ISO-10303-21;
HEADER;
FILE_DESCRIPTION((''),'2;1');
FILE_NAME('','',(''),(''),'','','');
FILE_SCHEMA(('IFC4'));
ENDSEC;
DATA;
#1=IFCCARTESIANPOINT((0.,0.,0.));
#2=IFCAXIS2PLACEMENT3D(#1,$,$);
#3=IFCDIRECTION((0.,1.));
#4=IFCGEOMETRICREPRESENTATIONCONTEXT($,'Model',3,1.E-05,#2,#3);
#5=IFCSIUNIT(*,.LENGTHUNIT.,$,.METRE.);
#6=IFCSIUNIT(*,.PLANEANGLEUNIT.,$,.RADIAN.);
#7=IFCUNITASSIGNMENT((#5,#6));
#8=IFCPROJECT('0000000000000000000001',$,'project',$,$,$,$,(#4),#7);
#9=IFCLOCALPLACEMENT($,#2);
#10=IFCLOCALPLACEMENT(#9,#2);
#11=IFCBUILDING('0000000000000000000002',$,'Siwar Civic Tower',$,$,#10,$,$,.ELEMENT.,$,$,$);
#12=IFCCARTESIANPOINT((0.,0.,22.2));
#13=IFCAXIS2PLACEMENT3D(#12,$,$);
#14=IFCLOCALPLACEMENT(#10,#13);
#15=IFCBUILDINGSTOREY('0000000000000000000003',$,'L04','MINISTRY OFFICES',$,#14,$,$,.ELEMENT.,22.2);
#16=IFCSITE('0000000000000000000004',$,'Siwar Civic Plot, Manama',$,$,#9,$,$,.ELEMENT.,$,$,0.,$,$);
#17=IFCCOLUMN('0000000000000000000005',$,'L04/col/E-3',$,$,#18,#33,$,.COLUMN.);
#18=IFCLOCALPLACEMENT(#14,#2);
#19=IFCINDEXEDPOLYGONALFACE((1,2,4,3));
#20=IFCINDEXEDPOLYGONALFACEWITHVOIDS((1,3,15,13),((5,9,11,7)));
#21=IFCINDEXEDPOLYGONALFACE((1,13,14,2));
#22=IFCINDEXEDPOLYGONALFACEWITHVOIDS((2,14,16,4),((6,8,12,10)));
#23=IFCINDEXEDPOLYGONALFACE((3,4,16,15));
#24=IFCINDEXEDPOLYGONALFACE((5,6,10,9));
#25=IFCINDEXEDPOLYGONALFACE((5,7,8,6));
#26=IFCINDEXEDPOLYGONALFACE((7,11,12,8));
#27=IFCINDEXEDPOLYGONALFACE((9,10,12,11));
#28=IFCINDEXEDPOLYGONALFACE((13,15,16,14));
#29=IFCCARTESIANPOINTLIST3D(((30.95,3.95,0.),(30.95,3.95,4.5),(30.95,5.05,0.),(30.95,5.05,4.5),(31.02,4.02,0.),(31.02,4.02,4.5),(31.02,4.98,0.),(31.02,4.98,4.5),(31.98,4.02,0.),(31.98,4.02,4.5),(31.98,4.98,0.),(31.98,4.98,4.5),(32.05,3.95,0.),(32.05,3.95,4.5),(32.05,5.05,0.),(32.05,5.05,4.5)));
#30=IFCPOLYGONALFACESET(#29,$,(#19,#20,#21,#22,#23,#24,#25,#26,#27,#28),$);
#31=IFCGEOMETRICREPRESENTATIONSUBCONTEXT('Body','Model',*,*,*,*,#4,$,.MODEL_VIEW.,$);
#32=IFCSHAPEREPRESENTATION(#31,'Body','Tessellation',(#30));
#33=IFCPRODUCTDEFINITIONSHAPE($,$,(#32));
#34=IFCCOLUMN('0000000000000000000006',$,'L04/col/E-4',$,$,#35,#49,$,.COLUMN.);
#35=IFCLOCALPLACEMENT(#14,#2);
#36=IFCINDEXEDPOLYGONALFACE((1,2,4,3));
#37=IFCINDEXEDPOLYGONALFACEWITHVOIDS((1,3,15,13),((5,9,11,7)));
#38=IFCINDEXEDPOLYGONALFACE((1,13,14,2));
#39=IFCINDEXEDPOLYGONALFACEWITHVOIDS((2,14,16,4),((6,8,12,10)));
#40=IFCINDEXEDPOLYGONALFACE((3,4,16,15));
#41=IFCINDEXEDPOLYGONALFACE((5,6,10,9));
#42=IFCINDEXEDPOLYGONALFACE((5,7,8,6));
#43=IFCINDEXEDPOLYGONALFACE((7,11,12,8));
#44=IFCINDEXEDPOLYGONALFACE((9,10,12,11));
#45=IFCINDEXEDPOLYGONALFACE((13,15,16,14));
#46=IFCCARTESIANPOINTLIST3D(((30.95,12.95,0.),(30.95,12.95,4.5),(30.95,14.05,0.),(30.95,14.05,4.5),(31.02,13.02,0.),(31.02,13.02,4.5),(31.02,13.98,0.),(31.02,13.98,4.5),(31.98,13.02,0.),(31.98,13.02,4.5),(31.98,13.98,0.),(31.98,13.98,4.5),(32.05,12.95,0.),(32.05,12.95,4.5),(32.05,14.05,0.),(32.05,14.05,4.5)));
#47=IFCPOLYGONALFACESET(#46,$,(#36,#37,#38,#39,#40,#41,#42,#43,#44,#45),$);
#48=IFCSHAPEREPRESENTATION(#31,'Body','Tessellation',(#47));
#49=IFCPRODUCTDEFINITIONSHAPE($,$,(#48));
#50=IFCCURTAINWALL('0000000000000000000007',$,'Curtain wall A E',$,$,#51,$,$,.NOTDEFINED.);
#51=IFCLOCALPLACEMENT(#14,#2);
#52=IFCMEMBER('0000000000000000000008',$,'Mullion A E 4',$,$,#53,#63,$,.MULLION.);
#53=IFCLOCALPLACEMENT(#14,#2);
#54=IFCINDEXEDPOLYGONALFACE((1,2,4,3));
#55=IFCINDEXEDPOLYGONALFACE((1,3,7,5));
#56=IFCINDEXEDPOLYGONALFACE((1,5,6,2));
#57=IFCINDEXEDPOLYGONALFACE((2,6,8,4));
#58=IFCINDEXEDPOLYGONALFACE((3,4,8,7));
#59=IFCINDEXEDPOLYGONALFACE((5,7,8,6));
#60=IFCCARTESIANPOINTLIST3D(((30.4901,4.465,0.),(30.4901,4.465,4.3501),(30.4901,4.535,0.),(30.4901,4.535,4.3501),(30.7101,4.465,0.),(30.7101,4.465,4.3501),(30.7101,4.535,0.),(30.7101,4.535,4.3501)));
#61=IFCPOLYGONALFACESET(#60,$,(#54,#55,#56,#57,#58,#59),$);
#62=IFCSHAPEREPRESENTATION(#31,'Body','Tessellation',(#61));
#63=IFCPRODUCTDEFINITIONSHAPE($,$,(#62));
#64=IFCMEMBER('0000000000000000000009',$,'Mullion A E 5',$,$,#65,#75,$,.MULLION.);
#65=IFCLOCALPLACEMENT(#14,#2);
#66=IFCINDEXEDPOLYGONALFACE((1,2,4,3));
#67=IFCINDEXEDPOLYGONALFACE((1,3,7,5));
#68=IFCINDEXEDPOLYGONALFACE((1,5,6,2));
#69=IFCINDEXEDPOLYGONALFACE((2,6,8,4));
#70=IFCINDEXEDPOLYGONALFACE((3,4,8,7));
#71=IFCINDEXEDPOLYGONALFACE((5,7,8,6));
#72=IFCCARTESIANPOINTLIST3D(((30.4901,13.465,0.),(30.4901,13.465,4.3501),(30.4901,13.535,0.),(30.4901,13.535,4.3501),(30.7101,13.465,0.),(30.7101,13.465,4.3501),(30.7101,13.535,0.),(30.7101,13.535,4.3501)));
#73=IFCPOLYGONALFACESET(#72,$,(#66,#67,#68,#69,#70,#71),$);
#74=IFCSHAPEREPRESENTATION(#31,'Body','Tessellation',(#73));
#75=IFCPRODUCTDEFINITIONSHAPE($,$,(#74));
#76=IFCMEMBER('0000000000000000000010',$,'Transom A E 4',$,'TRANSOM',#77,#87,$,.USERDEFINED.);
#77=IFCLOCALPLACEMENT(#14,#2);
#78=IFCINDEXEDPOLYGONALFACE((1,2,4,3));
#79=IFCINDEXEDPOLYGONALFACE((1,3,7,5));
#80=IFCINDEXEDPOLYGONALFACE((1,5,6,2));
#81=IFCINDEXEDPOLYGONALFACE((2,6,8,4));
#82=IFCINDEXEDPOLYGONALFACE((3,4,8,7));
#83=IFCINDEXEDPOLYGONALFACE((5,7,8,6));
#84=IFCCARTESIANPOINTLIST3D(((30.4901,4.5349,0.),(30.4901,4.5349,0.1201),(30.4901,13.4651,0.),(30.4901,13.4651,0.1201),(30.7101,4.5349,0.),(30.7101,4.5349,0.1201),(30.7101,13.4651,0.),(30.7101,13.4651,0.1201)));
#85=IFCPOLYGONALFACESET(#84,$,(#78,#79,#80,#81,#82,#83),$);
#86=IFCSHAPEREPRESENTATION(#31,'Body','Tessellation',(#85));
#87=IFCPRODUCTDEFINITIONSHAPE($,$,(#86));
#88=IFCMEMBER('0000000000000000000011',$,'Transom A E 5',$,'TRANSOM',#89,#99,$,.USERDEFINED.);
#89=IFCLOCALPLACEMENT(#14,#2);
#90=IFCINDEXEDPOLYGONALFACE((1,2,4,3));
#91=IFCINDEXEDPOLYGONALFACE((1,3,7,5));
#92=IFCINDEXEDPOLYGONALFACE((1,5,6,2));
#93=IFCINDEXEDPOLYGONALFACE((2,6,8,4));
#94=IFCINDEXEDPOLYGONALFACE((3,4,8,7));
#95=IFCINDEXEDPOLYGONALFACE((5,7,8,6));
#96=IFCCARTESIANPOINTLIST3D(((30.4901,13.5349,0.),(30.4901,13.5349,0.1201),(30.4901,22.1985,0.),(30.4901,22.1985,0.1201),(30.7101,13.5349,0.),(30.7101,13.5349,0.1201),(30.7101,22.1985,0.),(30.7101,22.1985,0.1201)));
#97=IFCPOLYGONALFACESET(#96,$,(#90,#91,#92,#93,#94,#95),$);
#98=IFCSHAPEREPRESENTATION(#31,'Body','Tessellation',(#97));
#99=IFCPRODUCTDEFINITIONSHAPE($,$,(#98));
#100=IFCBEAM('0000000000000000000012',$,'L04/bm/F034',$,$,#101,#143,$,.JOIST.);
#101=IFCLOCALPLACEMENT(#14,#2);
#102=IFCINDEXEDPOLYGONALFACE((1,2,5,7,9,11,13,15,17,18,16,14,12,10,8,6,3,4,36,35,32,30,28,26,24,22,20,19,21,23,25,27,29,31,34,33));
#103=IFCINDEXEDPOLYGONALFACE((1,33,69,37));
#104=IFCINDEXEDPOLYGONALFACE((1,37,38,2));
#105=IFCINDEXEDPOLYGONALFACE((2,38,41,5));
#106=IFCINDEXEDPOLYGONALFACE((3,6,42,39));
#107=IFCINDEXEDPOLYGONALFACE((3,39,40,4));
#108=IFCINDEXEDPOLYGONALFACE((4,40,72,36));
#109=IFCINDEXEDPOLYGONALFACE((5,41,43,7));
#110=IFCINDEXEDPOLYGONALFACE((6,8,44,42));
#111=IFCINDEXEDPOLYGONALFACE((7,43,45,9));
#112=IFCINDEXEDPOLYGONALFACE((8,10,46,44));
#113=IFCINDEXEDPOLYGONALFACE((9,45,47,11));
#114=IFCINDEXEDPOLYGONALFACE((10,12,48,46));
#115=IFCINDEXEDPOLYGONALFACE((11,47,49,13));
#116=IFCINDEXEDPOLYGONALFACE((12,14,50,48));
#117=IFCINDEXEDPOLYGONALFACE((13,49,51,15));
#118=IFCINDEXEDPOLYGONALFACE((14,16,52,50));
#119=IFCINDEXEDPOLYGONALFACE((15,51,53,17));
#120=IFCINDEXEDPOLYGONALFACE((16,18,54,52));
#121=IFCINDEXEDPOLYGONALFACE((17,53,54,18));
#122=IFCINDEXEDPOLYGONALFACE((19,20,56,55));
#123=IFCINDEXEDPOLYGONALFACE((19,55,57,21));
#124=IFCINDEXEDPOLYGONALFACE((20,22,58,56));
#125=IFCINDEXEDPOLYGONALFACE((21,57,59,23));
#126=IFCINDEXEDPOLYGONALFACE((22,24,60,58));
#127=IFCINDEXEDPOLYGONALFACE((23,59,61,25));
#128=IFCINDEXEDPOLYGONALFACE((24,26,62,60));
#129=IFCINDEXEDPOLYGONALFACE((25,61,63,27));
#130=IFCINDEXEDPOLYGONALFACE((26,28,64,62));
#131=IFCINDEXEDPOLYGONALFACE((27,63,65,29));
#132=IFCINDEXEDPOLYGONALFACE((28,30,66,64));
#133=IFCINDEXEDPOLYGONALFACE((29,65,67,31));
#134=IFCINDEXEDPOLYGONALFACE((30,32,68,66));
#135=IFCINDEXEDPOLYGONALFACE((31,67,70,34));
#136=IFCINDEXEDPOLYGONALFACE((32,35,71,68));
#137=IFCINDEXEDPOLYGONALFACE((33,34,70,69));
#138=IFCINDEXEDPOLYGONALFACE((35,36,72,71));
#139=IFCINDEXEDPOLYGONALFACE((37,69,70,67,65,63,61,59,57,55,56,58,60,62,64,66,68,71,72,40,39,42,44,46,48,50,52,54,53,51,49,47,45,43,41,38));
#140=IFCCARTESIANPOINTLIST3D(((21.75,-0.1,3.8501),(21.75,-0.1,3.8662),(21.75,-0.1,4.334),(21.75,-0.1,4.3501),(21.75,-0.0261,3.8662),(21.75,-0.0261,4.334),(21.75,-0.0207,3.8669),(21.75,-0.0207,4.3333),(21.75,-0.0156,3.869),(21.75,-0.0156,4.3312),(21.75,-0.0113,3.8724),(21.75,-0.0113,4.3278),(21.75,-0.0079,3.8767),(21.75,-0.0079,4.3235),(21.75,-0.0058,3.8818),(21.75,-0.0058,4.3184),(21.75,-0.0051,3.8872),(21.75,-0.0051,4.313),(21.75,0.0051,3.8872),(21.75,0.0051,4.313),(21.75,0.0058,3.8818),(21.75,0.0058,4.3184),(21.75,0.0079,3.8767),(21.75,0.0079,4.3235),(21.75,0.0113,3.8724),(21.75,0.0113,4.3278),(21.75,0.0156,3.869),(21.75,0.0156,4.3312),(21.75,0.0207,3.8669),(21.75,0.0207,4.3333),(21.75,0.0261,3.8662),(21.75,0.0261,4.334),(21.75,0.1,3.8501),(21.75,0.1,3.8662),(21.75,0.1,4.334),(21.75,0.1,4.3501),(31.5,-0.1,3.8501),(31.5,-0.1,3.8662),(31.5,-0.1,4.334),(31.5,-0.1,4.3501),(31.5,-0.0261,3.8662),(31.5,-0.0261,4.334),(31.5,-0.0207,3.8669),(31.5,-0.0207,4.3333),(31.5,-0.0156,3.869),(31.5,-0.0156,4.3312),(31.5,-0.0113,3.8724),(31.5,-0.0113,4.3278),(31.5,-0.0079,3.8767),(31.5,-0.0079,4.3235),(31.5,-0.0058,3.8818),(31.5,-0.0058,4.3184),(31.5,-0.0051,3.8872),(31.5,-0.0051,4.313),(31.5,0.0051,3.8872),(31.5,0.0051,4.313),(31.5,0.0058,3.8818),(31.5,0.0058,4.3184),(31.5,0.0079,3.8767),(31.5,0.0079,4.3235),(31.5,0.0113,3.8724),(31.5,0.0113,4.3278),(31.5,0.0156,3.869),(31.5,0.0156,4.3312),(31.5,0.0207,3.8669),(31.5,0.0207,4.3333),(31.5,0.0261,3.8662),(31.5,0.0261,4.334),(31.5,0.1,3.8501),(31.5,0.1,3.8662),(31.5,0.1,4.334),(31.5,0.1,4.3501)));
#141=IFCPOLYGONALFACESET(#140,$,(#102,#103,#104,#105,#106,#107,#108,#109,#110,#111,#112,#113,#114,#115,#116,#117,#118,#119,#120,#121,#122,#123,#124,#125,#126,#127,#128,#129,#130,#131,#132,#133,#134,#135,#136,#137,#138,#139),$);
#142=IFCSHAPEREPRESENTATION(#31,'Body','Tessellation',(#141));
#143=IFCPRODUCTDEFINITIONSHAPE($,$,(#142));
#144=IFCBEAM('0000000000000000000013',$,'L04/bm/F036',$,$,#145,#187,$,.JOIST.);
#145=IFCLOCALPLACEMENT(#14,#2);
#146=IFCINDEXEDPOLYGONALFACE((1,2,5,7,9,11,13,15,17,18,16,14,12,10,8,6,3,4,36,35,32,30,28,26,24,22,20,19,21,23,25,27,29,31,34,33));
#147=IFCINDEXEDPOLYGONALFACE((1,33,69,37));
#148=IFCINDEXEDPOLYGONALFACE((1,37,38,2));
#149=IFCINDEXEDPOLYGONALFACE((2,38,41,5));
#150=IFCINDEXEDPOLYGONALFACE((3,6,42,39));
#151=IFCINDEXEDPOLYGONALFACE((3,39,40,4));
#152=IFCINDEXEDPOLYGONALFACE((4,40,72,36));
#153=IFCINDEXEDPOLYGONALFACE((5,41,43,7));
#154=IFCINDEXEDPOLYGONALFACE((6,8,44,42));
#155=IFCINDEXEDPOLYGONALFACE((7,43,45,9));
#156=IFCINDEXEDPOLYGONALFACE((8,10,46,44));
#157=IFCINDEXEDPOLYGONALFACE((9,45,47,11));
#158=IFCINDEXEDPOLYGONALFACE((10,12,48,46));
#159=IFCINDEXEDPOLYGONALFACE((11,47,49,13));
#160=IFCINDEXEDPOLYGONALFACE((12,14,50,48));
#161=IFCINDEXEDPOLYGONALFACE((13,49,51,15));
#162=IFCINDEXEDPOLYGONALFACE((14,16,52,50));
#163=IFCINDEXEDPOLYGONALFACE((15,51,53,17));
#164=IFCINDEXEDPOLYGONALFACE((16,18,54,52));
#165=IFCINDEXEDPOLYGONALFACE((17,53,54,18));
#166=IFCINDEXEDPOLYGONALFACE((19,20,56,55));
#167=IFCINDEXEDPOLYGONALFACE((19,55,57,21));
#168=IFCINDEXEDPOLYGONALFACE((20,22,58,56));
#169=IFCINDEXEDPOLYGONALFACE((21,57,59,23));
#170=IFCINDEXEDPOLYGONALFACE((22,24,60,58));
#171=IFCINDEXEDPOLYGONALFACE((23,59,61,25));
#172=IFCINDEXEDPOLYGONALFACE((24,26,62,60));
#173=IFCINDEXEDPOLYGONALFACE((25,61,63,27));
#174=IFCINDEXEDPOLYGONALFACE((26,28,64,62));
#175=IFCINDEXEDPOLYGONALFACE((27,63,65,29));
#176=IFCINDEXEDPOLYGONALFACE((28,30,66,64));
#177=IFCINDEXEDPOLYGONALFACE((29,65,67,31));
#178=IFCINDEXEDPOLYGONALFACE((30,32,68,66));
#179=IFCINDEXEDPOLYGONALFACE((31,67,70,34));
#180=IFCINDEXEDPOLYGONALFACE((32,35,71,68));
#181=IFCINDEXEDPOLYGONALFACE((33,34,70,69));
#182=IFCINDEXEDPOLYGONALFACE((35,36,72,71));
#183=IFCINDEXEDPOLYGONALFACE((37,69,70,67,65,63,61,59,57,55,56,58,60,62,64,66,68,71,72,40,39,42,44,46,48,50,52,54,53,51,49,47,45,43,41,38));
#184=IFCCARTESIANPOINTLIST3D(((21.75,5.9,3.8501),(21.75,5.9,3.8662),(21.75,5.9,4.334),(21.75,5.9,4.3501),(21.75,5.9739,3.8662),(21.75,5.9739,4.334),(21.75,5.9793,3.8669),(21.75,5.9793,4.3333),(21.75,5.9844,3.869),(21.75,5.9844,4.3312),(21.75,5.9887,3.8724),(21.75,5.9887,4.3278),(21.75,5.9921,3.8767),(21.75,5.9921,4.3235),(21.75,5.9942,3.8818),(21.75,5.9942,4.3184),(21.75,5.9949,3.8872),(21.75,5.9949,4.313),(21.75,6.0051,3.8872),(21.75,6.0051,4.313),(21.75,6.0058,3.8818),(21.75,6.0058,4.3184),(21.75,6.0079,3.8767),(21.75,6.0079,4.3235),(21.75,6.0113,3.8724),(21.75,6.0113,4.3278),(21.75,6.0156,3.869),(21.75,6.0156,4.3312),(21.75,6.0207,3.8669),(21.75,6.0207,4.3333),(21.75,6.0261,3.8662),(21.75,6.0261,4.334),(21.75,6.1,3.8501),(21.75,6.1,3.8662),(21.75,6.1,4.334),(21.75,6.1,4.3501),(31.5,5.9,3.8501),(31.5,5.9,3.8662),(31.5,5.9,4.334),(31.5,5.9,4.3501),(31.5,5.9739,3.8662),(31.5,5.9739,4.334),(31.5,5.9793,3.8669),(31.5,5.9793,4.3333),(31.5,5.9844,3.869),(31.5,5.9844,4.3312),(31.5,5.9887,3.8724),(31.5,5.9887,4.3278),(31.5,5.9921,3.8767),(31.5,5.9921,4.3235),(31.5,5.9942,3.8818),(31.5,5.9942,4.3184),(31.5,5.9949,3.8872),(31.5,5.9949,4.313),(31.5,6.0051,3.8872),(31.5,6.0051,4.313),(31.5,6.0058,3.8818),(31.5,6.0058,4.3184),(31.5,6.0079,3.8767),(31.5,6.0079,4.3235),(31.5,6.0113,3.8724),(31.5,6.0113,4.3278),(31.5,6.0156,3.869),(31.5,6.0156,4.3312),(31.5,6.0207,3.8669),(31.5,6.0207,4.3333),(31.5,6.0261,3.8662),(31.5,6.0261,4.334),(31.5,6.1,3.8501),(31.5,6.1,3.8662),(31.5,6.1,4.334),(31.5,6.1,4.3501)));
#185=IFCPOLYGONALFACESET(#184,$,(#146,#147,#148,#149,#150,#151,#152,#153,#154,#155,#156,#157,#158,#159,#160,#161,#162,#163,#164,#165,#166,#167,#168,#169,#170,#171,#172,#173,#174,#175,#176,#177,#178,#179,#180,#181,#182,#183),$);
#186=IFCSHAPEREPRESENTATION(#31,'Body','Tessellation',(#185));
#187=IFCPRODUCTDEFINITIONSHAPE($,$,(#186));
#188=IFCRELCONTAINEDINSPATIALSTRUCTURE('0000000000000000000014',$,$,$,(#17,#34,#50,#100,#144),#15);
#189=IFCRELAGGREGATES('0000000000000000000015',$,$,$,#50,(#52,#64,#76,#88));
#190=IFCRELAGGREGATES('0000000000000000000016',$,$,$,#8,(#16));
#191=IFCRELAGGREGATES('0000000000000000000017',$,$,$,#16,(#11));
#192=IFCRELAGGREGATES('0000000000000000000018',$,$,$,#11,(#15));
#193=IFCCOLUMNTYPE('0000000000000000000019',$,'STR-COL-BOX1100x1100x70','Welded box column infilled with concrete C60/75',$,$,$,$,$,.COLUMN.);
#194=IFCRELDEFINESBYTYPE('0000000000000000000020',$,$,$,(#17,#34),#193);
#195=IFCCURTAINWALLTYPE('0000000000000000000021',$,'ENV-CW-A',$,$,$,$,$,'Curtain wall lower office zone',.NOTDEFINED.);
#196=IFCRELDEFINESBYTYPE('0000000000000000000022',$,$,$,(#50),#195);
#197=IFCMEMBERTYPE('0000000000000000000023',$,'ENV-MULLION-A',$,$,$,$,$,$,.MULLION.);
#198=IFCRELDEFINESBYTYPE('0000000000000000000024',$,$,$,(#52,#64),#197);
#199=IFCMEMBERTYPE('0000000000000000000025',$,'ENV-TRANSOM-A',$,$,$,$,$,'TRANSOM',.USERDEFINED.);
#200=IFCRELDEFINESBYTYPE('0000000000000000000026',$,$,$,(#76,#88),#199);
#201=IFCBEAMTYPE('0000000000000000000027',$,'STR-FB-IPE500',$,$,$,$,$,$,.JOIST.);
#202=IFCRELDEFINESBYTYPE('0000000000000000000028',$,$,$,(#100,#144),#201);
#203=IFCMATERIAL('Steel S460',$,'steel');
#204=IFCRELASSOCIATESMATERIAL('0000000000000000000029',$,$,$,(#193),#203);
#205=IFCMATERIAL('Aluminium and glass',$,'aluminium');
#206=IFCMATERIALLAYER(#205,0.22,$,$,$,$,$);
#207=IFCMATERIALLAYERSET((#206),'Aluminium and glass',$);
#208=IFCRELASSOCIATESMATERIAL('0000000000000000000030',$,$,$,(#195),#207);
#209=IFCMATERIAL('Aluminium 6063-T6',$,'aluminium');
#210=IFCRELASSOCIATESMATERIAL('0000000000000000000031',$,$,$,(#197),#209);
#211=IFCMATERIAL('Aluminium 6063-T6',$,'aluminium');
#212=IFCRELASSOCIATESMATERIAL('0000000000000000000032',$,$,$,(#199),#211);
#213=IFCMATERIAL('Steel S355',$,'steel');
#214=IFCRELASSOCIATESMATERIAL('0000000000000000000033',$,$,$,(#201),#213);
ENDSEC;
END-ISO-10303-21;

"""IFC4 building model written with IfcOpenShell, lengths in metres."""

from ifc_helpers import new_model, si_unit, direction, frame, origin, origin_2d, place, context, subcontext, project, spatial, rectangle, hollow_rectangle, i_section, extrude, material, layer, layer_set, material_profile, profile_set, type_object, element, aggregate, save


model = new_model("IFC4")

# Units and contexts
model_context = context("Model", 3, precision=1e-05, world=origin(), true_north=direction((0.0, 1.0)))
body_context = subcontext(model_context, "Body", "Model", "MODEL_VIEW")
ifc_project = project(units=[si_unit("LENGTHUNIT", "METRE"), si_unit("PLANEANGLEUNIT", "RADIAN")], contexts=[model_context])

# Site, building, storey
site_placement = place(None, origin())
site = spatial("IfcSite", under=ifc_project, at=site_placement, Name="Siwar Civic Plot, Manama", CompositionType="ELEMENT", RefElevation=0.0)
building_placement = place(site_placement, origin())
building = spatial("IfcBuilding", under=site, at=building_placement, Name="Siwar Civic Tower", CompositionType="ELEMENT")
storey_placement = place(building_placement, frame((0.0, 0.0, 22.2)))
storey = spatial("IfcBuildingStorey", under=building, at=storey_placement, Name="L04", Description="MINISTRY OFFICES", CompositionType="ELEMENT", Elevation=22.2)

# Columns
ifc_material_1 = material(Name="Steel S460", Category="steel")
ifc_material_profile_1 = material_profile(ifc_material_1, hollow_rectangle(XDim=1.1001, YDim=1.1001, WallThickness=0.0701, at=origin_2d()), Name="BOX1100x1100x70")
ifc_profile_set_1 = profile_set([ifc_material_profile_1], Name="Steel S460")
column_type = type_object("IfcColumnType", Name="STR-COL-BOX1100x1100x70", Description="Welded box column infilled with concrete C60/75", PredefinedType="COLUMN", material=ifc_profile_set_1)
for number, where, z_axis, x_axis, name in (
    (1, (31.5, 4.5, 0.0), (0.0, 0.0, 1.0), (1.0, 0.0, 0.0), "L04/col/E-3"),
    (2, (31.5, 13.5, 0.0), (0.0, 0.0, 1.0), (1.0, 0.0, 0.0), "L04/col/E-4"),
):
    element("IfcColumn", number, at=place(storey_placement, frame(where, z_axis=z_axis, x_axis=x_axis)), inside=storey, type_object=column_type, Name=name, PredefinedType="COLUMN", context=body_context, shape_type="SweptSolid", body=[
        extrude(hollow_rectangle(XDim=1.1001, YDim=1.1001, WallThickness=0.0701, at=origin_2d()), origin(), (0.0, 0.0, 1.0), 4.5),
    ])

# Curtain wall, members
ifc_material_2 = material(Name="Aluminium and glass", Category="aluminium")
ifc_layer_1 = layer(ifc_material_2, 0.22)
ifc_layer_set_1 = layer_set([ifc_layer_1], Name="Aluminium and glass")
curtain_wall_type = type_object("IfcCurtainWallType", Name="ENV-CW-A", ElementType="Curtain wall lower office zone", PredefinedType="NOTDEFINED", material=ifc_layer_set_1)
curtain_wall_placement = place(storey_placement, origin())
curtain_wall = element("IfcCurtainWall", 3, at=curtain_wall_placement, inside=storey, type_object=curtain_wall_type, Name="Curtain wall A E", PredefinedType="NOTDEFINED")
ifc_material_3 = material(Name="Aluminium 6063-T6", Category="aluminium")
ifc_material_profile_2 = material_profile(ifc_material_3, rectangle(XDim=0.22, YDim=0.0701, at=origin_2d()), Name="AL 220x70")
ifc_profile_set_2 = profile_set([ifc_material_profile_2], Name="Aluminium 6063-T6")
member_type_1 = type_object("IfcMemberType", Name="ENV-MULLION-A", PredefinedType="MULLION", material=ifc_profile_set_2)
member_1_placement = place(storey_placement, frame((30.6001, 4.5, 0.0), z_axis=(0.0, 0.0, 1.0), x_axis=(-1.0, 0.0, 0.0)))
member_1 = element("IfcMember", 4, at=member_1_placement, type_object=member_type_1, Name="Mullion A E 4", PredefinedType="MULLION", context=body_context, shape_type="SweptSolid", body=[
    extrude(rectangle(XDim=0.22, YDim=0.0701, at=origin_2d()), origin(), (0.0, 0.0, 1.0), 4.3501),
])
member_2_placement = place(storey_placement, frame((30.6001, 13.5, 0.0), z_axis=(0.0, 0.0, 1.0), x_axis=(-1.0, 0.0, 0.0)))
member_2 = element("IfcMember", 5, at=member_2_placement, type_object=member_type_1, Name="Mullion A E 5", PredefinedType="MULLION", context=body_context, shape_type="SweptSolid", body=[
    extrude(rectangle(XDim=0.22, YDim=0.0701, at=origin_2d()), origin(), (0.0, 0.0, 1.0), 4.3501),
])
ifc_material_4 = material(Name="Aluminium 6063-T6", Category="aluminium")
ifc_material_profile_3 = material_profile(ifc_material_4, rectangle(XDim=0.22, YDim=0.1201, at=origin_2d()), Name="AL 220x120")
ifc_profile_set_3 = profile_set([ifc_material_profile_3], Name="Aluminium 6063-T6")
member_type_2 = type_object("IfcMemberType", Name="ENV-TRANSOM-A", ElementType="TRANSOM", PredefinedType="USERDEFINED", material=ifc_profile_set_3)
member_3_placement = place(storey_placement, frame((30.6001, 4.5349, 0.0601), z_axis=(0.0, 1.0, 0.0), x_axis=(-1.0, 0.0, 0.0)))
member_3 = element("IfcMember", 6, at=member_3_placement, type_object=member_type_2, Name="Transom A E 4", ObjectType="TRANSOM", PredefinedType="USERDEFINED", context=body_context, shape_type="SweptSolid", body=[
    extrude(rectangle(XDim=0.22, YDim=0.1201, at=origin_2d()), origin(), (0.0, 0.0, 1.0), 8.9302),
])
member_4_placement = place(storey_placement, frame((30.6001, 13.5349, 0.0601), z_axis=(0.0, 1.0, 0.0), x_axis=(-1.0, 0.0, 0.0)))
member_4 = element("IfcMember", 7, at=member_4_placement, type_object=member_type_2, Name="Transom A E 5", ObjectType="TRANSOM", PredefinedType="USERDEFINED", context=body_context, shape_type="SweptSolid", body=[
    extrude(rectangle(XDim=0.22, YDim=0.1201, at=origin_2d()), origin(), (0.0, 0.0, 1.0), 8.6636),
])

# Beams
ifc_material_5 = material(Name="Steel S355", Category="steel")
ifc_material_profile_4 = material_profile(ifc_material_5, i_section(OverallWidth=0.2, OverallDepth=0.5, WebThickness=0.0103, FlangeThickness=0.0161, FilletRadius=0.021, at=origin_2d()), Name="IPE500")
ifc_profile_set_4 = profile_set([ifc_material_profile_4], Name="Steel S355")
beam_type_1 = type_object("IfcBeamType", Name="STR-FB-IPE500", PredefinedType="JOIST", material=ifc_profile_set_4)
for number, where, z_axis, x_axis, name in (
    (8, (21.75, 0.0, 4.1001), (1.0, 0.0, 0.0), (0.0, 1.0, 0.0), "L04/bm/F034"),
    (9, (21.75, 6.0, 4.1001), (1.0, 0.0, 0.0), (0.0, 1.0, 0.0), "L04/bm/F036"),
):
    element("IfcBeam", number, at=place(storey_placement, frame(where, z_axis=z_axis, x_axis=x_axis)), inside=storey, type_object=beam_type_1, Name=name, PredefinedType="JOIST", context=body_context, shape_type="SweptSolid", body=[
        extrude(i_section(OverallWidth=0.2, OverallDepth=0.5, WebThickness=0.0103, FlangeThickness=0.0161, FilletRadius=0.021, at=origin_2d()), origin(), (0.0, 0.0, 1.0), 9.75),
    ])

aggregate(curtain_wall, [member_1, member_2, member_3, member_4])

save(model, "model.ifc")
